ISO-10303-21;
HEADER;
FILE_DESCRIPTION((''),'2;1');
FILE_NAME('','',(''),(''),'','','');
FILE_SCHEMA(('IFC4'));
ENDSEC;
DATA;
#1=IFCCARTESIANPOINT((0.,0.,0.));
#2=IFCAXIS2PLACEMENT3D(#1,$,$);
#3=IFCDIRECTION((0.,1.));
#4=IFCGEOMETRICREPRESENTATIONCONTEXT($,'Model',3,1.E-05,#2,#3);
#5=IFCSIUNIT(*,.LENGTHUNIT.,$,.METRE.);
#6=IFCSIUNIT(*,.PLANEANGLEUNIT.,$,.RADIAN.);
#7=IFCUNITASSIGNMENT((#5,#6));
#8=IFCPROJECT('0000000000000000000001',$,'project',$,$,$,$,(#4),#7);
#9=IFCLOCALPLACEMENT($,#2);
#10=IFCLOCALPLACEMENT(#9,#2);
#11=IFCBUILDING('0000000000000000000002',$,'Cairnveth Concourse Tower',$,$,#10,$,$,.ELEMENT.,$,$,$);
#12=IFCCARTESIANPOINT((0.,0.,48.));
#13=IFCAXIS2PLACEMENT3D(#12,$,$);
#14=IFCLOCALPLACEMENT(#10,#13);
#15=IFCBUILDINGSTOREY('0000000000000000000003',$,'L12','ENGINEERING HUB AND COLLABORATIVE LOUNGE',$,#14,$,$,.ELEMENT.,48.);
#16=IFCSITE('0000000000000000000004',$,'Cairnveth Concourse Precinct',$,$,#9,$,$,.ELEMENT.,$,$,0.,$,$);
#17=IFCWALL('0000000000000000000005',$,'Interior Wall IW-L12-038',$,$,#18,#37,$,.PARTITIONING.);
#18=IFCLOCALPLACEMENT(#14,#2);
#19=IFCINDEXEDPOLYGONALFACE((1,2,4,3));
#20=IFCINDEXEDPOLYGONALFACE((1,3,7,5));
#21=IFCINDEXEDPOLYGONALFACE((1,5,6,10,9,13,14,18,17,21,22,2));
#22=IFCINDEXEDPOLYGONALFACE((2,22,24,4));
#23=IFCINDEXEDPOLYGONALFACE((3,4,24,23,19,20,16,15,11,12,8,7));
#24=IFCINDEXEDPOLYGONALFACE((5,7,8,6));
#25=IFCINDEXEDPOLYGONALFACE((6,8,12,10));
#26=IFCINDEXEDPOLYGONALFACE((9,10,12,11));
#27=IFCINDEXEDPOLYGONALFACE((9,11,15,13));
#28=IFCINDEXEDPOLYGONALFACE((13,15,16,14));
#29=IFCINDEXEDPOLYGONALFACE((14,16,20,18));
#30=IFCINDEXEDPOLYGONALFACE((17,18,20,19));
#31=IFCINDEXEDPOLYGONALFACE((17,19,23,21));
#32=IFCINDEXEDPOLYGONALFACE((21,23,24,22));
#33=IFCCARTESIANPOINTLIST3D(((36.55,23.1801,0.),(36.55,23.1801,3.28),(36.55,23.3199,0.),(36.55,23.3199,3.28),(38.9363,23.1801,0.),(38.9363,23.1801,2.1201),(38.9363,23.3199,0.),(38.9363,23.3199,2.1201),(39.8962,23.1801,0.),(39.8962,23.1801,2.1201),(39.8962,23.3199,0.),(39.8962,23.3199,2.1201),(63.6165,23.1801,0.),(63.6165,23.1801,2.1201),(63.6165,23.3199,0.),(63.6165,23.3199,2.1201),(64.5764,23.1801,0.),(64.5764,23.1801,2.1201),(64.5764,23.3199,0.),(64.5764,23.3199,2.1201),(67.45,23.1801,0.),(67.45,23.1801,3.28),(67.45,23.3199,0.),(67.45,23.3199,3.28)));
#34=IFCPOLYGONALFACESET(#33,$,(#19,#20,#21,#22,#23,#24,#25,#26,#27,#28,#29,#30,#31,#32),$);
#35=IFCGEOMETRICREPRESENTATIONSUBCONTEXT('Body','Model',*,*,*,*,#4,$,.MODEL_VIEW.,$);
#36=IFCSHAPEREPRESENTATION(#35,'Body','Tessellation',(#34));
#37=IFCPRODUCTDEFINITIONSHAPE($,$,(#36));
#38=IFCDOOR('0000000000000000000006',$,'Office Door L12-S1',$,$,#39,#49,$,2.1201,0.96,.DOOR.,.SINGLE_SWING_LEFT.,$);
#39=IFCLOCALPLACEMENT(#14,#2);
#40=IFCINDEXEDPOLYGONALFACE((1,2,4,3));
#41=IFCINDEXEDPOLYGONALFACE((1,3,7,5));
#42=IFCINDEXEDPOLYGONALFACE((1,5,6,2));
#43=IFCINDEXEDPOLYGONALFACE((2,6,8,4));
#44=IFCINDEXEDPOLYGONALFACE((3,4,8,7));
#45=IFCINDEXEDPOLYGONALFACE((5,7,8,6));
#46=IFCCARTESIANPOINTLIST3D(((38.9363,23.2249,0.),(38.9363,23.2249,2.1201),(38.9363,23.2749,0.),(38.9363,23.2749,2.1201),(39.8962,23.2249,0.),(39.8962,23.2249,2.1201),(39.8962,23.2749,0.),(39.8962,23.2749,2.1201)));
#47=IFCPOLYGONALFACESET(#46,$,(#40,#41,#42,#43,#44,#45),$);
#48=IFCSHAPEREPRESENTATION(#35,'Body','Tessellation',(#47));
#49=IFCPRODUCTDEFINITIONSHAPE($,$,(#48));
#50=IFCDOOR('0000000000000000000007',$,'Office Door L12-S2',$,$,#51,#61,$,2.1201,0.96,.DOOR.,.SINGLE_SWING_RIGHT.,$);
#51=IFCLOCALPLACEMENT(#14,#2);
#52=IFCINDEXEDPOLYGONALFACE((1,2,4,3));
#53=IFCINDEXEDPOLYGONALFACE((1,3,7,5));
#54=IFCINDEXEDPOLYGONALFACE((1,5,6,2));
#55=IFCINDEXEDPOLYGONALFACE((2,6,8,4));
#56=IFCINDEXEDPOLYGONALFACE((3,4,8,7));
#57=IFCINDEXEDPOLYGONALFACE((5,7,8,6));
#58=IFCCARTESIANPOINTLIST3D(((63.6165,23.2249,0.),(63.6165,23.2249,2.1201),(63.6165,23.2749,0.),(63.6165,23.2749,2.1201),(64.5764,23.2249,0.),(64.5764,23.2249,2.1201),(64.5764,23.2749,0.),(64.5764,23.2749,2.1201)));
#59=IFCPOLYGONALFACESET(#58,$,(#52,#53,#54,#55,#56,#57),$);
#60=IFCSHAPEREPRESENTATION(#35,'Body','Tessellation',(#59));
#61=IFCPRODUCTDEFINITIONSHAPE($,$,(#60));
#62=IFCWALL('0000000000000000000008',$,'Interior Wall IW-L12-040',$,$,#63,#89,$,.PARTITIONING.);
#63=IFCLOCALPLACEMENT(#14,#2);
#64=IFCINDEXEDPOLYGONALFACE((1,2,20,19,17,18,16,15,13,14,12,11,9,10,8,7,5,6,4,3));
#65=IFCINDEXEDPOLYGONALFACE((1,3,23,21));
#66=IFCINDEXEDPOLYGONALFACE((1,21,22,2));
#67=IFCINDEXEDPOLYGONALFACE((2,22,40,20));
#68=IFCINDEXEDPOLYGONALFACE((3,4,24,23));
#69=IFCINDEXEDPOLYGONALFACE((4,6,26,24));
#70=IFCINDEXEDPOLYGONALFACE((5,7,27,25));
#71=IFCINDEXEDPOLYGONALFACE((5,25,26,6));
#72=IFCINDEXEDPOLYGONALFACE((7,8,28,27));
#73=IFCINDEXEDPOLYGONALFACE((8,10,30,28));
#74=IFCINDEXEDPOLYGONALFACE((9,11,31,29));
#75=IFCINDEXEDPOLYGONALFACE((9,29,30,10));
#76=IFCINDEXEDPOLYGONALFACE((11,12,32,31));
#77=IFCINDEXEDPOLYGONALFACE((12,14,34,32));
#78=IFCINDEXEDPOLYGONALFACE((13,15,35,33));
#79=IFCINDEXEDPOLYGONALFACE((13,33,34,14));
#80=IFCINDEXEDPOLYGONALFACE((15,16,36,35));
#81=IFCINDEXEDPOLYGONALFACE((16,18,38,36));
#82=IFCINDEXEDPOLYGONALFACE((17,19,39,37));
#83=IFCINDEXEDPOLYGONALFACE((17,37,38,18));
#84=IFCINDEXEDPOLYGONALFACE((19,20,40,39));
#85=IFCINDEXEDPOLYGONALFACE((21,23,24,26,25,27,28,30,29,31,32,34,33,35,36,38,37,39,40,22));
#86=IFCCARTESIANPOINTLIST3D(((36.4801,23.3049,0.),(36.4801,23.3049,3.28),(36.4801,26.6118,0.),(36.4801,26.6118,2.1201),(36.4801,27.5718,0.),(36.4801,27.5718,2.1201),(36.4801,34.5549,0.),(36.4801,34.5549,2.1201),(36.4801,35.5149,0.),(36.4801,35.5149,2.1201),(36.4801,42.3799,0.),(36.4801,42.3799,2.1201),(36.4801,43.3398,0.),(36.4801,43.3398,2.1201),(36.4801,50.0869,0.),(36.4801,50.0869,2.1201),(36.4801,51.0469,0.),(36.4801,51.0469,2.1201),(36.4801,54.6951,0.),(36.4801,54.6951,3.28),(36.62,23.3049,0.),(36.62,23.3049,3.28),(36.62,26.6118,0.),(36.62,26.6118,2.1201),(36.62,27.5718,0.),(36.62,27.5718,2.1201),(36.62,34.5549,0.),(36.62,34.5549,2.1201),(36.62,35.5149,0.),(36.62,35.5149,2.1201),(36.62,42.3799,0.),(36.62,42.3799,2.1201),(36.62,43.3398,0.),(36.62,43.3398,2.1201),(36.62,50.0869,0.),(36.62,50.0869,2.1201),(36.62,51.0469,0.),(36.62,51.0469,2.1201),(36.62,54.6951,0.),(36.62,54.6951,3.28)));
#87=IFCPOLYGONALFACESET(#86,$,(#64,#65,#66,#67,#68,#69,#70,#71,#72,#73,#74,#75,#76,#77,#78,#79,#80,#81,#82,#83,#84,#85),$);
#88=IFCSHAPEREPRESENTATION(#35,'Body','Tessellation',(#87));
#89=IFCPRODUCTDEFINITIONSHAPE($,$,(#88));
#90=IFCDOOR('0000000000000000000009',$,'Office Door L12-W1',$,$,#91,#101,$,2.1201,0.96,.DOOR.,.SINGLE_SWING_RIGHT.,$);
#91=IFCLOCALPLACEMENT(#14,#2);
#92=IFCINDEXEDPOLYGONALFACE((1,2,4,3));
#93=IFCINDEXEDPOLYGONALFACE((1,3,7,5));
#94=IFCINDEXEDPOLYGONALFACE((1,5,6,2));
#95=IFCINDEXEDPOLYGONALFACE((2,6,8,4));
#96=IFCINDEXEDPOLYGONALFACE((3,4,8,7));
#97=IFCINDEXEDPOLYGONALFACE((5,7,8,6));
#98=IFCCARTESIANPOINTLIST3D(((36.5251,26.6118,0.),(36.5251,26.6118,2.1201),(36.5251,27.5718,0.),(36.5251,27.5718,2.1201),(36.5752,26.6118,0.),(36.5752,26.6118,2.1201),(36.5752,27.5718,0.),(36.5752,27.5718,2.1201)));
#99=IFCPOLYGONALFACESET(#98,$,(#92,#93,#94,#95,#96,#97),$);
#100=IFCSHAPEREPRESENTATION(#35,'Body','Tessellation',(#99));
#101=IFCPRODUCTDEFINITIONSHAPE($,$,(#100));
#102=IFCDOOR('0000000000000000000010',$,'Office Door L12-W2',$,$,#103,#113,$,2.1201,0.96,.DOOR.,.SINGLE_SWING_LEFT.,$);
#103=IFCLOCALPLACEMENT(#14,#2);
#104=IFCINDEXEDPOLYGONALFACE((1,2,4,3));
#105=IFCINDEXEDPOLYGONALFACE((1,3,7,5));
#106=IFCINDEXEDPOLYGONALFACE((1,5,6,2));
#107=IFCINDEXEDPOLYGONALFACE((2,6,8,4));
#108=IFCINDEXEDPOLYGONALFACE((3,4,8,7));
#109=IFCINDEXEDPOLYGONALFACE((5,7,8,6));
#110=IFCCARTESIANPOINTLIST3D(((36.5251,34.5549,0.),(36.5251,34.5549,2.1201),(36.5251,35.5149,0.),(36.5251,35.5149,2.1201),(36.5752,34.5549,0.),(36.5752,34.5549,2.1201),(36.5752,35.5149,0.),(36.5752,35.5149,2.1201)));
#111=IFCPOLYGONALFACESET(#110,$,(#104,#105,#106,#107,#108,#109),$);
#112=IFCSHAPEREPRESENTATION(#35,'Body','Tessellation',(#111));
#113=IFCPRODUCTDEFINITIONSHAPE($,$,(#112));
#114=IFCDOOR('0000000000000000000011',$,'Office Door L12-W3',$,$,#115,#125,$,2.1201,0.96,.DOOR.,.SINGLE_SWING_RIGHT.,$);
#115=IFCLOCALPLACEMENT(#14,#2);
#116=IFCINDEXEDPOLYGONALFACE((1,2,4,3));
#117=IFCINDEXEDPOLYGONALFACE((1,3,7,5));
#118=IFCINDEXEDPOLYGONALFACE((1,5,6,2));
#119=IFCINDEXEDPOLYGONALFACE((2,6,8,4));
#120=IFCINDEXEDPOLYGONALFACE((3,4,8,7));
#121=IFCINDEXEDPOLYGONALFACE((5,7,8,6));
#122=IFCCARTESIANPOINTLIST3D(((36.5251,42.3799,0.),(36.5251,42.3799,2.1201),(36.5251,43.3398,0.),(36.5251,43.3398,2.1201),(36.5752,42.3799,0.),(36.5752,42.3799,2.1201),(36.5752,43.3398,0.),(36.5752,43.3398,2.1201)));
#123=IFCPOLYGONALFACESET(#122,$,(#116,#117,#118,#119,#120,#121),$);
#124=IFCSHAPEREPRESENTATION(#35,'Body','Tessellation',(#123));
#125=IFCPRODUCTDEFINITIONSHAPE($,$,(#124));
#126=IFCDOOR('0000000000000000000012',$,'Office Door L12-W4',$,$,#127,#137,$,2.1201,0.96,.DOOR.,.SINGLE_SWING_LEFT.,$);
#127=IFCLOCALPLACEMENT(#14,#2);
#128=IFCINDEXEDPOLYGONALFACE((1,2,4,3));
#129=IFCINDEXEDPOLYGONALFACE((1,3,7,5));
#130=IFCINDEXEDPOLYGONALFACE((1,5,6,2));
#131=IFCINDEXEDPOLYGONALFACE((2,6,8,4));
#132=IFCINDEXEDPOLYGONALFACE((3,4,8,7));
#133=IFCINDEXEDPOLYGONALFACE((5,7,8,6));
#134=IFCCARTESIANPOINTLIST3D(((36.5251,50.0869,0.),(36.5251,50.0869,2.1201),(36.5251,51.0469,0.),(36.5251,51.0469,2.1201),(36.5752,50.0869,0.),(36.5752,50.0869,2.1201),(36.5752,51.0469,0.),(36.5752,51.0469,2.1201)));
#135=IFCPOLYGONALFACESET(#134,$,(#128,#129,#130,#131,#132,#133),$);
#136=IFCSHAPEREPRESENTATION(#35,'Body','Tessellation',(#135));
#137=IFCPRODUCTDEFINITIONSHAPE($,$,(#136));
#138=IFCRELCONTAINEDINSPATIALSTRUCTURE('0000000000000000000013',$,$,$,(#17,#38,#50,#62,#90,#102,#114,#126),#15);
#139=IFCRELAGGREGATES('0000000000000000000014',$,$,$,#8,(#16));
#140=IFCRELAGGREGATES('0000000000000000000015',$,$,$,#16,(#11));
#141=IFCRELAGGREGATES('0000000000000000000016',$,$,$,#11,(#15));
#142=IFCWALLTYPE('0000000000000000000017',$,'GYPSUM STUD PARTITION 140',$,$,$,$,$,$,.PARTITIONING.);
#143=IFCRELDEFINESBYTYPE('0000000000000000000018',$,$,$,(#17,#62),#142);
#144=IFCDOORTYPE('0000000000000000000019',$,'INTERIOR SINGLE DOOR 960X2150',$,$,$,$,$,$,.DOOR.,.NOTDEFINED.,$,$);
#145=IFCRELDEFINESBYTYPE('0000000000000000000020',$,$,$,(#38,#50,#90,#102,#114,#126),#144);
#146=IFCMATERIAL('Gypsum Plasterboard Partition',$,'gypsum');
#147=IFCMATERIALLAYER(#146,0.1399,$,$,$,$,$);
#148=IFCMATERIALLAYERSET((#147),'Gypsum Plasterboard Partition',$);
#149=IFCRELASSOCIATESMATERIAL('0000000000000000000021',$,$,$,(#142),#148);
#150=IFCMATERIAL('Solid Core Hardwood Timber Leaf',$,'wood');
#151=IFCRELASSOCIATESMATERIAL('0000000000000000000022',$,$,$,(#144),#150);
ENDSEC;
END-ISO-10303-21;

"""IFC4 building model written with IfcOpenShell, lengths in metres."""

from ifc_helpers import new_model, si_unit, direction, frame, frame_2d, origin, place, context, subcontext, project, spatial, rectangle, extrude, material, layer, layer_set, type_object, element, fill, save


model = new_model("IFC4")

# Units and contexts
model_context = context("Model", 3, precision=1e-05, world=origin(), true_north=direction((0.0, 1.0)))
body_context = subcontext(model_context, "Body", "Model", "MODEL_VIEW")
ifc_project = project(units=[si_unit("LENGTHUNIT", "METRE"), si_unit("PLANEANGLEUNIT", "RADIAN")], contexts=[model_context])

# Site, building, storey
site_placement = place(None, origin())
site = spatial("IfcSite", under=ifc_project, at=site_placement, Name="Cairnveth Concourse Precinct", CompositionType="ELEMENT", RefElevation=0.0)
building_placement = place(site_placement, origin())
building = spatial("IfcBuilding", under=site, at=building_placement, Name="Cairnveth Concourse Tower", CompositionType="ELEMENT")
storey_placement = place(building_placement, frame((0.0, 0.0, 48.0)))
storey = spatial("IfcBuildingStorey", under=building, at=storey_placement, Name="L12", Description="ENGINEERING HUB AND COLLABORATIVE LOUNGE", CompositionType="ELEMENT", Elevation=48.0)

# Walls, openings, doors
ifc_material_1 = material(Name="Gypsum Plasterboard Partition", Category="gypsum")
ifc_layer_1 = layer(ifc_material_1, 0.1399)
ifc_layer_set_1 = layer_set([ifc_layer_1], Name="Gypsum Plasterboard Partition")
wall_type_1 = type_object("IfcWallType", Name="GYPSUM STUD PARTITION 140", PredefinedType="PARTITIONING", material=ifc_layer_set_1)
wall_1_placement = place(storey_placement, frame((36.55, 23.25, 0.0), z_axis=(0.0, 0.0, 1.0), x_axis=(1.0, 0.0, 0.0)))
wall_1 = element("IfcWall", 1, at=wall_1_placement, inside=storey, type_object=wall_type_1, Name="Interior Wall IW-L12-038", PredefinedType="PARTITIONING", context=body_context, shape_type="SweptSolid", body=[
    extrude(rectangle(XDim=30.8999, YDim=0.1399, at=frame_2d((15.45, 0.0))), origin(), (0.0, 0.0, 1.0), 3.28),
])
opening_1_placement = place(wall_1_placement, frame((2.3862, 0.0, 0.0)))
opening_1 = element("IfcOpeningElement", 2, at=opening_1_placement, cuts=wall_1, PredefinedType="OPENING", context=body_context, shape_type="SweptSolid", body=[
    extrude(rectangle(XDim=0.96, YDim=2.1201, at=frame_2d((0.48, 1.0601))), frame((0.0, 0.0798, 0.0), z_axis=(0.0, -1.0, 0.0), x_axis=(1.0, 0.0, 0.0)), (0.0, 0.0, 1.0), 0.1599),
])
opening_2_placement = place(wall_1_placement, frame((27.0664, 0.0, 0.0)))
opening_2 = element("IfcOpeningElement", 3, at=opening_2_placement, cuts=wall_1, PredefinedType="OPENING", context=body_context, shape_type="SweptSolid", body=[
    extrude(rectangle(XDim=0.96, YDim=2.1201, at=frame_2d((0.48, 1.0601))), frame((0.0, 0.0798, 0.0), z_axis=(0.0, -1.0, 0.0), x_axis=(1.0, 0.0, 0.0)), (0.0, 0.0, 1.0), 0.1599),
])
ifc_material_2 = material(Name="Solid Core Hardwood Timber Leaf", Category="wood")
door_type_1 = type_object("IfcDoorType", Name="INTERIOR SINGLE DOOR 960X2150", OperationType="NOTDEFINED", PredefinedType="DOOR", material=ifc_material_2)
door_1_placement = place(opening_1_placement, origin())
door_1 = element("IfcDoor", 4, at=door_1_placement, inside=storey, type_object=door_type_1, Name="Office Door L12-S1", OperationType="SINGLE_SWING_LEFT", OverallHeight=2.1201, OverallWidth=0.96, PredefinedType="DOOR", context=body_context, shape_type="SweptSolid", body=[
    extrude(rectangle(XDim=0.96, YDim=2.1201, at=frame_2d((0.48, 1.0601))), frame((0.0, 0.0249, 0.0), z_axis=(0.0, -1.0, 0.0), x_axis=(1.0, 0.0, 0.0)), (0.0, 0.0, 1.0), 0.05),
])
fill(opening_1, door_1)
door_2_placement = place(opening_2_placement, origin())
door_2 = element("IfcDoor", 5, at=door_2_placement, inside=storey, type_object=door_type_1, Name="Office Door L12-S2", OperationType="SINGLE_SWING_RIGHT", OverallHeight=2.1201, OverallWidth=0.96, PredefinedType="DOOR", context=body_context, shape_type="SweptSolid", body=[
    extrude(rectangle(XDim=0.96, YDim=2.1201, at=frame_2d((0.48, 1.0601))), frame((0.0, 0.0249, 0.0), z_axis=(0.0, -1.0, 0.0), x_axis=(1.0, 0.0, 0.0)), (0.0, 0.0, 1.0), 0.05),
])
fill(opening_2, door_2)
wall_2_placement = place(storey_placement, frame((36.55, 23.3049, 0.0), z_axis=(0.0, 0.0, 1.0), x_axis=(0.0, 1.0, 0.0)))
wall_2 = element("IfcWall", 6, at=wall_2_placement, inside=storey, type_object=wall_type_1, Name="Interior Wall IW-L12-040", PredefinedType="PARTITIONING", context=body_context, shape_type="SweptSolid", body=[
    extrude(rectangle(XDim=31.3901, YDim=0.1399, at=frame_2d((15.6951, 0.0))), origin(), (0.0, 0.0, 1.0), 3.28),
])
opening_3_placement = place(wall_2_placement, frame((3.3069, 0.0, 0.0)))
opening_3 = element("IfcOpeningElement", 7, at=opening_3_placement, cuts=wall_2, PredefinedType="OPENING", context=body_context, shape_type="SweptSolid", body=[
    extrude(rectangle(XDim=0.96, YDim=2.1201, at=frame_2d((0.48, 1.0601))), frame((0.0, 0.0798, 0.0), z_axis=(0.0, -1.0, 0.0), x_axis=(1.0, 0.0, 0.0)), (0.0, 0.0, 1.0), 0.1599),
])
opening_4_placement = place(wall_2_placement, frame((11.25, 0.0, 0.0)))
opening_4 = element("IfcOpeningElement", 8, at=opening_4_placement, cuts=wall_2, PredefinedType="OPENING", context=body_context, shape_type="SweptSolid", body=[
    extrude(rectangle(XDim=0.96, YDim=2.1201, at=frame_2d((0.48, 1.0601))), frame((0.0, 0.0798, 0.0), z_axis=(0.0, -1.0, 0.0), x_axis=(1.0, 0.0, 0.0)), (0.0, 0.0, 1.0), 0.1599),
])
opening_5_placement = place(wall_2_placement, frame((19.075, 0.0, 0.0)))
opening_5 = element("IfcOpeningElement", 9, at=opening_5_placement, cuts=wall_2, PredefinedType="OPENING", context=body_context, shape_type="SweptSolid", body=[
    extrude(rectangle(XDim=0.96, YDim=2.1201, at=frame_2d((0.48, 1.0601))), frame((0.0, 0.0798, 0.0), z_axis=(0.0, -1.0, 0.0), x_axis=(1.0, 0.0, 0.0)), (0.0, 0.0, 1.0), 0.1599),
])
opening_6_placement = place(wall_2_placement, frame((26.782, 0.0, 0.0)))
opening_6 = element("IfcOpeningElement", 10, at=opening_6_placement, cuts=wall_2, PredefinedType="OPENING", context=body_context, shape_type="SweptSolid", body=[
    extrude(rectangle(XDim=0.96, YDim=2.1201, at=frame_2d((0.48, 1.0601))), frame((0.0, 0.0798, 0.0), z_axis=(0.0, -1.0, 0.0), x_axis=(1.0, 0.0, 0.0)), (0.0, 0.0, 1.0), 0.1599),
])
door_3_placement = place(opening_3_placement, origin())
door_3 = element("IfcDoor", 11, at=door_3_placement, inside=storey, type_object=door_type_1, Name="Office Door L12-W1", OperationType="SINGLE_SWING_RIGHT", OverallHeight=2.1201, OverallWidth=0.96, PredefinedType="DOOR", context=body_context, shape_type="SweptSolid", body=[
    extrude(rectangle(XDim=0.96, YDim=2.1201, at=frame_2d((0.48, 1.0601))), frame((0.0, 0.0249, 0.0), z_axis=(0.0, -1.0, 0.0), x_axis=(1.0, 0.0, 0.0)), (0.0, 0.0, 1.0), 0.05),
])
fill(opening_3, door_3)
door_4_placement = place(opening_4_placement, origin())
door_4 = element("IfcDoor", 12, at=door_4_placement, inside=storey, type_object=door_type_1, Name="Office Door L12-W2", OperationType="SINGLE_SWING_LEFT", OverallHeight=2.1201, OverallWidth=0.96, PredefinedType="DOOR", context=body_context, shape_type="SweptSolid", body=[
    extrude(rectangle(XDim=0.96, YDim=2.1201, at=frame_2d((0.48, 1.0601))), frame((0.0, 0.0249, 0.0), z_axis=(0.0, -1.0, 0.0), x_axis=(1.0, 0.0, 0.0)), (0.0, 0.0, 1.0), 0.05),
])
fill(opening_4, door_4)
door_5_placement = place(opening_5_placement, origin())
door_5 = element("IfcDoor", 13, at=door_5_placement, inside=storey, type_object=door_type_1, Name="Office Door L12-W3", OperationType="SINGLE_SWING_RIGHT", OverallHeight=2.1201, OverallWidth=0.96, PredefinedType="DOOR", context=body_context, shape_type="SweptSolid", body=[
    extrude(rectangle(XDim=0.96, YDim=2.1201, at=frame_2d((0.48, 1.0601))), frame((0.0, 0.0249, 0.0), z_axis=(0.0, -1.0, 0.0), x_axis=(1.0, 0.0, 0.0)), (0.0, 0.0, 1.0), 0.05),
])
fill(opening_5, door_5)
door_6_placement = place(opening_6_placement, origin())
door_6 = element("IfcDoor", 14, at=door_6_placement, inside=storey, type_object=door_type_1, Name="Office Door L12-W4", OperationType="SINGLE_SWING_LEFT", OverallHeight=2.1201, OverallWidth=0.96, PredefinedType="DOOR", context=body_context, shape_type="SweptSolid", body=[
    extrude(rectangle(XDim=0.96, YDim=2.1201, at=frame_2d((0.48, 1.0601))), frame((0.0, 0.0249, 0.0), z_axis=(0.0, -1.0, 0.0), x_axis=(1.0, 0.0, 0.0)), (0.0, 0.0, 1.0), 0.05),
])
fill(opening_6, door_6)

save(model, "model.ifc")
